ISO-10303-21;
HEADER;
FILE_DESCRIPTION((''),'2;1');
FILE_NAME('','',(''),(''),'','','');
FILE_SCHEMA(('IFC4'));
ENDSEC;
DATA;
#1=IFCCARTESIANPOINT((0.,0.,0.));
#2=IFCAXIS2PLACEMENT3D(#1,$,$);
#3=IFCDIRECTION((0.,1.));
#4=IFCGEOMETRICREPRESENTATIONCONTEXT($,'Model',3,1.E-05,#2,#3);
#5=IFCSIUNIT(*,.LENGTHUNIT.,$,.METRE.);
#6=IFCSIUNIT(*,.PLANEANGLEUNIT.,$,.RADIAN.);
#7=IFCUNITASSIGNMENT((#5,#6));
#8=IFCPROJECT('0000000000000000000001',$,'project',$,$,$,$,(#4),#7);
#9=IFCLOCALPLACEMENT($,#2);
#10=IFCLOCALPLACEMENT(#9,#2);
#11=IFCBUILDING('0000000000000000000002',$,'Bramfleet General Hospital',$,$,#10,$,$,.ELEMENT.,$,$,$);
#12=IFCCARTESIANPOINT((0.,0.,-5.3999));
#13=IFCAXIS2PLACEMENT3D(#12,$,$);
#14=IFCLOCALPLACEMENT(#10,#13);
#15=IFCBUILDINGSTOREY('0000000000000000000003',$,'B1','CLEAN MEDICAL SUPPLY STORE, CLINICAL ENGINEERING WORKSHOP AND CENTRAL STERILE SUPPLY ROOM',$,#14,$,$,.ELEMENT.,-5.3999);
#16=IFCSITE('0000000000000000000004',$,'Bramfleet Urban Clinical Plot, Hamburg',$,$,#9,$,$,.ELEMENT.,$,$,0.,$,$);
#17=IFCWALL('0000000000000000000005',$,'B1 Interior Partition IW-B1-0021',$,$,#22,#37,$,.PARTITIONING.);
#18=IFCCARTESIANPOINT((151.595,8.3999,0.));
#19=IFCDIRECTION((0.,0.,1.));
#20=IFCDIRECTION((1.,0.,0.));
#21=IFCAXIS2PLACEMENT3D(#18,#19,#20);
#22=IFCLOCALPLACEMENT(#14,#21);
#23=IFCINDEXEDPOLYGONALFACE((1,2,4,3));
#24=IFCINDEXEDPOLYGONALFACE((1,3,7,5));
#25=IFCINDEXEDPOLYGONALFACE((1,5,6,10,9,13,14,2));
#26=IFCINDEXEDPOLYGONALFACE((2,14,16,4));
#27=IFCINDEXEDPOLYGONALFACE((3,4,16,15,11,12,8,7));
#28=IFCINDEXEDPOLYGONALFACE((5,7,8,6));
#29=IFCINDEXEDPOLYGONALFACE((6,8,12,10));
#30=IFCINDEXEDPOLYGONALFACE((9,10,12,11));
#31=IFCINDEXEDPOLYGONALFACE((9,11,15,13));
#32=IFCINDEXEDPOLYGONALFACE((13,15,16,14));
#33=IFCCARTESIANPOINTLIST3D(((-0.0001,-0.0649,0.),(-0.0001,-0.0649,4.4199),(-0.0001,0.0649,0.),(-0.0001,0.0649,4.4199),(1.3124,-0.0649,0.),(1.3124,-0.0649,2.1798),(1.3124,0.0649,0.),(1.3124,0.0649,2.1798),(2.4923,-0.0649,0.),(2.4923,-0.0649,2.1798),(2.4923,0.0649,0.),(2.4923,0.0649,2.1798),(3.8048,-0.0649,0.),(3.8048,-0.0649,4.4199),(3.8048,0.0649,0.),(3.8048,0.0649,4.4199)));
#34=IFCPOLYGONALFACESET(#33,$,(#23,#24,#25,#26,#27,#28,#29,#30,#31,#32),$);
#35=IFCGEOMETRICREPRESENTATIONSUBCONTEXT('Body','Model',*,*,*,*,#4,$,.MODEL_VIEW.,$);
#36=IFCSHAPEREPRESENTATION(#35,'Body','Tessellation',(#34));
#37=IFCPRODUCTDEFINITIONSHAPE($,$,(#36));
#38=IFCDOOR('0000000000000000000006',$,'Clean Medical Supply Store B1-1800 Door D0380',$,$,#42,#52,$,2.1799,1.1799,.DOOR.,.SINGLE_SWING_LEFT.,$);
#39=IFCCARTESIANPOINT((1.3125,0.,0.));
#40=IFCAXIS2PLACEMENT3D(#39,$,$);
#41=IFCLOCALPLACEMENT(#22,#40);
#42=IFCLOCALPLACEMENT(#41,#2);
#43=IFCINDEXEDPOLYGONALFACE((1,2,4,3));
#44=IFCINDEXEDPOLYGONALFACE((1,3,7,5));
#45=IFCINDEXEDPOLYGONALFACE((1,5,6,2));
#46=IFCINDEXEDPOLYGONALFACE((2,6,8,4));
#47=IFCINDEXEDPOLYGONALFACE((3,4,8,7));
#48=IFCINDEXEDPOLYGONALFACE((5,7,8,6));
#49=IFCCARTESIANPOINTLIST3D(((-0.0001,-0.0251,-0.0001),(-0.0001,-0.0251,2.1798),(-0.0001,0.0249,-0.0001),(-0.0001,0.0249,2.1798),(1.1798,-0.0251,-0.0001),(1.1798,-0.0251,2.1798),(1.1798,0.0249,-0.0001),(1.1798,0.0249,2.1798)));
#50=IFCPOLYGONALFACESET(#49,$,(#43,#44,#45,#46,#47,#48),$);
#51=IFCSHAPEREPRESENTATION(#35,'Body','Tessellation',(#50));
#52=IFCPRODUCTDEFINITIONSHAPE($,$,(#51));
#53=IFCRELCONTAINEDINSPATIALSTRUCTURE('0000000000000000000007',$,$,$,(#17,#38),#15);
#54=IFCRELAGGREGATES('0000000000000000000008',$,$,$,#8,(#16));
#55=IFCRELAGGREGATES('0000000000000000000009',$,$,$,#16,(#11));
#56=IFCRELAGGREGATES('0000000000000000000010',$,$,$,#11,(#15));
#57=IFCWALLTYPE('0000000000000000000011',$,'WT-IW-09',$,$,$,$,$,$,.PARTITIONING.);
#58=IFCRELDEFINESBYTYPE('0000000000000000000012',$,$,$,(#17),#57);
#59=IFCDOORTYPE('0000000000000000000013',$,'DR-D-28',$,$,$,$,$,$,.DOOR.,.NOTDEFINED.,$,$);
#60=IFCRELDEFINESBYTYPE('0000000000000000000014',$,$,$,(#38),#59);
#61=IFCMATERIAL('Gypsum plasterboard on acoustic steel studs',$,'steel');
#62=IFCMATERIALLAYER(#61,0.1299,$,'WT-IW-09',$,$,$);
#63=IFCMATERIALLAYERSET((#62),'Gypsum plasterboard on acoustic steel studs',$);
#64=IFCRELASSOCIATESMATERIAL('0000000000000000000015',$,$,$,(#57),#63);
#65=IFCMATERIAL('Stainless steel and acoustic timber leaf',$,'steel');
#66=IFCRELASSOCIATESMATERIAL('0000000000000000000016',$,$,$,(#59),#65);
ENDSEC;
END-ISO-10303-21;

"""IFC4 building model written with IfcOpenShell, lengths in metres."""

from ifc_helpers import new_model, si_unit, direction, frame, frame_2d, origin, place, context, subcontext, project, spatial, rectangle, extrude, material, layer, layer_set, type_object, element, fill, save


model = new_model("IFC4")

# Units and contexts
model_context = context("Model", 3, precision=1e-05, world=origin(), true_north=direction((0.0, 1.0)))
body_context = subcontext(model_context, "Body", "Model", "MODEL_VIEW")
ifc_project = project(units=[si_unit("LENGTHUNIT", "METRE"), si_unit("PLANEANGLEUNIT", "RADIAN")], contexts=[model_context])

# Site, building, storey
site_placement = place(None, origin())
site = spatial("IfcSite", under=ifc_project, at=site_placement, Name="Bramfleet Urban Clinical Plot, Hamburg", CompositionType="ELEMENT", RefElevation=0.0)
building_placement = place(site_placement, origin())
building = spatial("IfcBuilding", under=site, at=building_placement, Name="Bramfleet General Hospital", CompositionType="ELEMENT")
storey_placement = place(building_placement, frame((0.0, 0.0, -5.3999)))
storey = spatial("IfcBuildingStorey", under=building, at=storey_placement, Name="B1", Description="CLEAN MEDICAL SUPPLY STORE, CLINICAL ENGINEERING WORKSHOP AND CENTRAL STERILE SUPPLY ROOM", CompositionType="ELEMENT", Elevation=-5.3999)

# Shared definitions
ifc_material_1 = material(Name="Gypsum plasterboard on acoustic steel studs", Category="steel")

# Wall, opening, door
ifc_layer_1 = layer(ifc_material_1, 0.1299, Name="WT-IW-09")
ifc_layer_set_1 = layer_set([ifc_layer_1], Name="Gypsum plasterboard on acoustic steel studs")
wall_type_1 = type_object("IfcWallType", Name="WT-IW-09", PredefinedType="PARTITIONING", material=ifc_layer_set_1)
wall_1_placement = place(storey_placement, frame((151.595, 8.3999, 0.0), z_axis=(0.0, 0.0, 1.0), x_axis=(1.0, 0.0, 0.0)))
wall_1 = element("IfcWall", 1, at=wall_1_placement, inside=storey, type_object=wall_type_1, Name="B1 Interior Partition IW-B1-0021", PredefinedType="PARTITIONING", context=body_context, shape_type="SweptSolid", body=[
    extrude(rectangle(XDim=3.8049, YDim=0.1299, at=frame_2d((1.9023, 0.0))), origin(), (0.0, 0.0, 1.0), 4.4199),
])
opening_1_placement = place(wall_1_placement, frame((1.3125, 0.0, 0.0)))
opening_1 = element("IfcOpeningElement", 2, at=opening_1_placement, cuts=wall_1, PredefinedType="OPENING", context=body_context, shape_type="SweptSolid", body=[
    extrude(rectangle(XDim=1.1799, YDim=2.1799, at=frame_2d((0.5898, 1.0898))), frame((0.0, 0.075, 0.0), z_axis=(0.0, -1.0, 0.0), x_axis=(1.0, 0.0, 0.0)), (0.0, 0.0, 1.0), 0.1499),
])
ifc_material_2 = material(Name="Stainless steel and acoustic timber leaf", Category="steel")
door_type_1 = type_object("IfcDoorType", Name="DR-D-28", OperationType="NOTDEFINED", PredefinedType="DOOR", material=ifc_material_2)
door_1_placement = place(opening_1_placement, origin())
door_1 = element("IfcDoor", 3, at=door_1_placement, inside=storey, type_object=door_type_1, Name="Clean Medical Supply Store B1-1800 Door D0380", OperationType="SINGLE_SWING_LEFT", OverallHeight=2.1799, OverallWidth=1.1799, PredefinedType="DOOR", context=body_context, shape_type="SweptSolid", body=[
    extrude(rectangle(XDim=1.1799, YDim=2.1799, at=frame_2d((0.5898, 1.0898))), frame((0.0, 0.0249, 0.0), z_axis=(0.0, -1.0, 0.0), x_axis=(1.0, 0.0, 0.0)), (0.0, 0.0, 1.0), 0.05),
])
fill(opening_1, door_1)

save(model, "model.ifc")
